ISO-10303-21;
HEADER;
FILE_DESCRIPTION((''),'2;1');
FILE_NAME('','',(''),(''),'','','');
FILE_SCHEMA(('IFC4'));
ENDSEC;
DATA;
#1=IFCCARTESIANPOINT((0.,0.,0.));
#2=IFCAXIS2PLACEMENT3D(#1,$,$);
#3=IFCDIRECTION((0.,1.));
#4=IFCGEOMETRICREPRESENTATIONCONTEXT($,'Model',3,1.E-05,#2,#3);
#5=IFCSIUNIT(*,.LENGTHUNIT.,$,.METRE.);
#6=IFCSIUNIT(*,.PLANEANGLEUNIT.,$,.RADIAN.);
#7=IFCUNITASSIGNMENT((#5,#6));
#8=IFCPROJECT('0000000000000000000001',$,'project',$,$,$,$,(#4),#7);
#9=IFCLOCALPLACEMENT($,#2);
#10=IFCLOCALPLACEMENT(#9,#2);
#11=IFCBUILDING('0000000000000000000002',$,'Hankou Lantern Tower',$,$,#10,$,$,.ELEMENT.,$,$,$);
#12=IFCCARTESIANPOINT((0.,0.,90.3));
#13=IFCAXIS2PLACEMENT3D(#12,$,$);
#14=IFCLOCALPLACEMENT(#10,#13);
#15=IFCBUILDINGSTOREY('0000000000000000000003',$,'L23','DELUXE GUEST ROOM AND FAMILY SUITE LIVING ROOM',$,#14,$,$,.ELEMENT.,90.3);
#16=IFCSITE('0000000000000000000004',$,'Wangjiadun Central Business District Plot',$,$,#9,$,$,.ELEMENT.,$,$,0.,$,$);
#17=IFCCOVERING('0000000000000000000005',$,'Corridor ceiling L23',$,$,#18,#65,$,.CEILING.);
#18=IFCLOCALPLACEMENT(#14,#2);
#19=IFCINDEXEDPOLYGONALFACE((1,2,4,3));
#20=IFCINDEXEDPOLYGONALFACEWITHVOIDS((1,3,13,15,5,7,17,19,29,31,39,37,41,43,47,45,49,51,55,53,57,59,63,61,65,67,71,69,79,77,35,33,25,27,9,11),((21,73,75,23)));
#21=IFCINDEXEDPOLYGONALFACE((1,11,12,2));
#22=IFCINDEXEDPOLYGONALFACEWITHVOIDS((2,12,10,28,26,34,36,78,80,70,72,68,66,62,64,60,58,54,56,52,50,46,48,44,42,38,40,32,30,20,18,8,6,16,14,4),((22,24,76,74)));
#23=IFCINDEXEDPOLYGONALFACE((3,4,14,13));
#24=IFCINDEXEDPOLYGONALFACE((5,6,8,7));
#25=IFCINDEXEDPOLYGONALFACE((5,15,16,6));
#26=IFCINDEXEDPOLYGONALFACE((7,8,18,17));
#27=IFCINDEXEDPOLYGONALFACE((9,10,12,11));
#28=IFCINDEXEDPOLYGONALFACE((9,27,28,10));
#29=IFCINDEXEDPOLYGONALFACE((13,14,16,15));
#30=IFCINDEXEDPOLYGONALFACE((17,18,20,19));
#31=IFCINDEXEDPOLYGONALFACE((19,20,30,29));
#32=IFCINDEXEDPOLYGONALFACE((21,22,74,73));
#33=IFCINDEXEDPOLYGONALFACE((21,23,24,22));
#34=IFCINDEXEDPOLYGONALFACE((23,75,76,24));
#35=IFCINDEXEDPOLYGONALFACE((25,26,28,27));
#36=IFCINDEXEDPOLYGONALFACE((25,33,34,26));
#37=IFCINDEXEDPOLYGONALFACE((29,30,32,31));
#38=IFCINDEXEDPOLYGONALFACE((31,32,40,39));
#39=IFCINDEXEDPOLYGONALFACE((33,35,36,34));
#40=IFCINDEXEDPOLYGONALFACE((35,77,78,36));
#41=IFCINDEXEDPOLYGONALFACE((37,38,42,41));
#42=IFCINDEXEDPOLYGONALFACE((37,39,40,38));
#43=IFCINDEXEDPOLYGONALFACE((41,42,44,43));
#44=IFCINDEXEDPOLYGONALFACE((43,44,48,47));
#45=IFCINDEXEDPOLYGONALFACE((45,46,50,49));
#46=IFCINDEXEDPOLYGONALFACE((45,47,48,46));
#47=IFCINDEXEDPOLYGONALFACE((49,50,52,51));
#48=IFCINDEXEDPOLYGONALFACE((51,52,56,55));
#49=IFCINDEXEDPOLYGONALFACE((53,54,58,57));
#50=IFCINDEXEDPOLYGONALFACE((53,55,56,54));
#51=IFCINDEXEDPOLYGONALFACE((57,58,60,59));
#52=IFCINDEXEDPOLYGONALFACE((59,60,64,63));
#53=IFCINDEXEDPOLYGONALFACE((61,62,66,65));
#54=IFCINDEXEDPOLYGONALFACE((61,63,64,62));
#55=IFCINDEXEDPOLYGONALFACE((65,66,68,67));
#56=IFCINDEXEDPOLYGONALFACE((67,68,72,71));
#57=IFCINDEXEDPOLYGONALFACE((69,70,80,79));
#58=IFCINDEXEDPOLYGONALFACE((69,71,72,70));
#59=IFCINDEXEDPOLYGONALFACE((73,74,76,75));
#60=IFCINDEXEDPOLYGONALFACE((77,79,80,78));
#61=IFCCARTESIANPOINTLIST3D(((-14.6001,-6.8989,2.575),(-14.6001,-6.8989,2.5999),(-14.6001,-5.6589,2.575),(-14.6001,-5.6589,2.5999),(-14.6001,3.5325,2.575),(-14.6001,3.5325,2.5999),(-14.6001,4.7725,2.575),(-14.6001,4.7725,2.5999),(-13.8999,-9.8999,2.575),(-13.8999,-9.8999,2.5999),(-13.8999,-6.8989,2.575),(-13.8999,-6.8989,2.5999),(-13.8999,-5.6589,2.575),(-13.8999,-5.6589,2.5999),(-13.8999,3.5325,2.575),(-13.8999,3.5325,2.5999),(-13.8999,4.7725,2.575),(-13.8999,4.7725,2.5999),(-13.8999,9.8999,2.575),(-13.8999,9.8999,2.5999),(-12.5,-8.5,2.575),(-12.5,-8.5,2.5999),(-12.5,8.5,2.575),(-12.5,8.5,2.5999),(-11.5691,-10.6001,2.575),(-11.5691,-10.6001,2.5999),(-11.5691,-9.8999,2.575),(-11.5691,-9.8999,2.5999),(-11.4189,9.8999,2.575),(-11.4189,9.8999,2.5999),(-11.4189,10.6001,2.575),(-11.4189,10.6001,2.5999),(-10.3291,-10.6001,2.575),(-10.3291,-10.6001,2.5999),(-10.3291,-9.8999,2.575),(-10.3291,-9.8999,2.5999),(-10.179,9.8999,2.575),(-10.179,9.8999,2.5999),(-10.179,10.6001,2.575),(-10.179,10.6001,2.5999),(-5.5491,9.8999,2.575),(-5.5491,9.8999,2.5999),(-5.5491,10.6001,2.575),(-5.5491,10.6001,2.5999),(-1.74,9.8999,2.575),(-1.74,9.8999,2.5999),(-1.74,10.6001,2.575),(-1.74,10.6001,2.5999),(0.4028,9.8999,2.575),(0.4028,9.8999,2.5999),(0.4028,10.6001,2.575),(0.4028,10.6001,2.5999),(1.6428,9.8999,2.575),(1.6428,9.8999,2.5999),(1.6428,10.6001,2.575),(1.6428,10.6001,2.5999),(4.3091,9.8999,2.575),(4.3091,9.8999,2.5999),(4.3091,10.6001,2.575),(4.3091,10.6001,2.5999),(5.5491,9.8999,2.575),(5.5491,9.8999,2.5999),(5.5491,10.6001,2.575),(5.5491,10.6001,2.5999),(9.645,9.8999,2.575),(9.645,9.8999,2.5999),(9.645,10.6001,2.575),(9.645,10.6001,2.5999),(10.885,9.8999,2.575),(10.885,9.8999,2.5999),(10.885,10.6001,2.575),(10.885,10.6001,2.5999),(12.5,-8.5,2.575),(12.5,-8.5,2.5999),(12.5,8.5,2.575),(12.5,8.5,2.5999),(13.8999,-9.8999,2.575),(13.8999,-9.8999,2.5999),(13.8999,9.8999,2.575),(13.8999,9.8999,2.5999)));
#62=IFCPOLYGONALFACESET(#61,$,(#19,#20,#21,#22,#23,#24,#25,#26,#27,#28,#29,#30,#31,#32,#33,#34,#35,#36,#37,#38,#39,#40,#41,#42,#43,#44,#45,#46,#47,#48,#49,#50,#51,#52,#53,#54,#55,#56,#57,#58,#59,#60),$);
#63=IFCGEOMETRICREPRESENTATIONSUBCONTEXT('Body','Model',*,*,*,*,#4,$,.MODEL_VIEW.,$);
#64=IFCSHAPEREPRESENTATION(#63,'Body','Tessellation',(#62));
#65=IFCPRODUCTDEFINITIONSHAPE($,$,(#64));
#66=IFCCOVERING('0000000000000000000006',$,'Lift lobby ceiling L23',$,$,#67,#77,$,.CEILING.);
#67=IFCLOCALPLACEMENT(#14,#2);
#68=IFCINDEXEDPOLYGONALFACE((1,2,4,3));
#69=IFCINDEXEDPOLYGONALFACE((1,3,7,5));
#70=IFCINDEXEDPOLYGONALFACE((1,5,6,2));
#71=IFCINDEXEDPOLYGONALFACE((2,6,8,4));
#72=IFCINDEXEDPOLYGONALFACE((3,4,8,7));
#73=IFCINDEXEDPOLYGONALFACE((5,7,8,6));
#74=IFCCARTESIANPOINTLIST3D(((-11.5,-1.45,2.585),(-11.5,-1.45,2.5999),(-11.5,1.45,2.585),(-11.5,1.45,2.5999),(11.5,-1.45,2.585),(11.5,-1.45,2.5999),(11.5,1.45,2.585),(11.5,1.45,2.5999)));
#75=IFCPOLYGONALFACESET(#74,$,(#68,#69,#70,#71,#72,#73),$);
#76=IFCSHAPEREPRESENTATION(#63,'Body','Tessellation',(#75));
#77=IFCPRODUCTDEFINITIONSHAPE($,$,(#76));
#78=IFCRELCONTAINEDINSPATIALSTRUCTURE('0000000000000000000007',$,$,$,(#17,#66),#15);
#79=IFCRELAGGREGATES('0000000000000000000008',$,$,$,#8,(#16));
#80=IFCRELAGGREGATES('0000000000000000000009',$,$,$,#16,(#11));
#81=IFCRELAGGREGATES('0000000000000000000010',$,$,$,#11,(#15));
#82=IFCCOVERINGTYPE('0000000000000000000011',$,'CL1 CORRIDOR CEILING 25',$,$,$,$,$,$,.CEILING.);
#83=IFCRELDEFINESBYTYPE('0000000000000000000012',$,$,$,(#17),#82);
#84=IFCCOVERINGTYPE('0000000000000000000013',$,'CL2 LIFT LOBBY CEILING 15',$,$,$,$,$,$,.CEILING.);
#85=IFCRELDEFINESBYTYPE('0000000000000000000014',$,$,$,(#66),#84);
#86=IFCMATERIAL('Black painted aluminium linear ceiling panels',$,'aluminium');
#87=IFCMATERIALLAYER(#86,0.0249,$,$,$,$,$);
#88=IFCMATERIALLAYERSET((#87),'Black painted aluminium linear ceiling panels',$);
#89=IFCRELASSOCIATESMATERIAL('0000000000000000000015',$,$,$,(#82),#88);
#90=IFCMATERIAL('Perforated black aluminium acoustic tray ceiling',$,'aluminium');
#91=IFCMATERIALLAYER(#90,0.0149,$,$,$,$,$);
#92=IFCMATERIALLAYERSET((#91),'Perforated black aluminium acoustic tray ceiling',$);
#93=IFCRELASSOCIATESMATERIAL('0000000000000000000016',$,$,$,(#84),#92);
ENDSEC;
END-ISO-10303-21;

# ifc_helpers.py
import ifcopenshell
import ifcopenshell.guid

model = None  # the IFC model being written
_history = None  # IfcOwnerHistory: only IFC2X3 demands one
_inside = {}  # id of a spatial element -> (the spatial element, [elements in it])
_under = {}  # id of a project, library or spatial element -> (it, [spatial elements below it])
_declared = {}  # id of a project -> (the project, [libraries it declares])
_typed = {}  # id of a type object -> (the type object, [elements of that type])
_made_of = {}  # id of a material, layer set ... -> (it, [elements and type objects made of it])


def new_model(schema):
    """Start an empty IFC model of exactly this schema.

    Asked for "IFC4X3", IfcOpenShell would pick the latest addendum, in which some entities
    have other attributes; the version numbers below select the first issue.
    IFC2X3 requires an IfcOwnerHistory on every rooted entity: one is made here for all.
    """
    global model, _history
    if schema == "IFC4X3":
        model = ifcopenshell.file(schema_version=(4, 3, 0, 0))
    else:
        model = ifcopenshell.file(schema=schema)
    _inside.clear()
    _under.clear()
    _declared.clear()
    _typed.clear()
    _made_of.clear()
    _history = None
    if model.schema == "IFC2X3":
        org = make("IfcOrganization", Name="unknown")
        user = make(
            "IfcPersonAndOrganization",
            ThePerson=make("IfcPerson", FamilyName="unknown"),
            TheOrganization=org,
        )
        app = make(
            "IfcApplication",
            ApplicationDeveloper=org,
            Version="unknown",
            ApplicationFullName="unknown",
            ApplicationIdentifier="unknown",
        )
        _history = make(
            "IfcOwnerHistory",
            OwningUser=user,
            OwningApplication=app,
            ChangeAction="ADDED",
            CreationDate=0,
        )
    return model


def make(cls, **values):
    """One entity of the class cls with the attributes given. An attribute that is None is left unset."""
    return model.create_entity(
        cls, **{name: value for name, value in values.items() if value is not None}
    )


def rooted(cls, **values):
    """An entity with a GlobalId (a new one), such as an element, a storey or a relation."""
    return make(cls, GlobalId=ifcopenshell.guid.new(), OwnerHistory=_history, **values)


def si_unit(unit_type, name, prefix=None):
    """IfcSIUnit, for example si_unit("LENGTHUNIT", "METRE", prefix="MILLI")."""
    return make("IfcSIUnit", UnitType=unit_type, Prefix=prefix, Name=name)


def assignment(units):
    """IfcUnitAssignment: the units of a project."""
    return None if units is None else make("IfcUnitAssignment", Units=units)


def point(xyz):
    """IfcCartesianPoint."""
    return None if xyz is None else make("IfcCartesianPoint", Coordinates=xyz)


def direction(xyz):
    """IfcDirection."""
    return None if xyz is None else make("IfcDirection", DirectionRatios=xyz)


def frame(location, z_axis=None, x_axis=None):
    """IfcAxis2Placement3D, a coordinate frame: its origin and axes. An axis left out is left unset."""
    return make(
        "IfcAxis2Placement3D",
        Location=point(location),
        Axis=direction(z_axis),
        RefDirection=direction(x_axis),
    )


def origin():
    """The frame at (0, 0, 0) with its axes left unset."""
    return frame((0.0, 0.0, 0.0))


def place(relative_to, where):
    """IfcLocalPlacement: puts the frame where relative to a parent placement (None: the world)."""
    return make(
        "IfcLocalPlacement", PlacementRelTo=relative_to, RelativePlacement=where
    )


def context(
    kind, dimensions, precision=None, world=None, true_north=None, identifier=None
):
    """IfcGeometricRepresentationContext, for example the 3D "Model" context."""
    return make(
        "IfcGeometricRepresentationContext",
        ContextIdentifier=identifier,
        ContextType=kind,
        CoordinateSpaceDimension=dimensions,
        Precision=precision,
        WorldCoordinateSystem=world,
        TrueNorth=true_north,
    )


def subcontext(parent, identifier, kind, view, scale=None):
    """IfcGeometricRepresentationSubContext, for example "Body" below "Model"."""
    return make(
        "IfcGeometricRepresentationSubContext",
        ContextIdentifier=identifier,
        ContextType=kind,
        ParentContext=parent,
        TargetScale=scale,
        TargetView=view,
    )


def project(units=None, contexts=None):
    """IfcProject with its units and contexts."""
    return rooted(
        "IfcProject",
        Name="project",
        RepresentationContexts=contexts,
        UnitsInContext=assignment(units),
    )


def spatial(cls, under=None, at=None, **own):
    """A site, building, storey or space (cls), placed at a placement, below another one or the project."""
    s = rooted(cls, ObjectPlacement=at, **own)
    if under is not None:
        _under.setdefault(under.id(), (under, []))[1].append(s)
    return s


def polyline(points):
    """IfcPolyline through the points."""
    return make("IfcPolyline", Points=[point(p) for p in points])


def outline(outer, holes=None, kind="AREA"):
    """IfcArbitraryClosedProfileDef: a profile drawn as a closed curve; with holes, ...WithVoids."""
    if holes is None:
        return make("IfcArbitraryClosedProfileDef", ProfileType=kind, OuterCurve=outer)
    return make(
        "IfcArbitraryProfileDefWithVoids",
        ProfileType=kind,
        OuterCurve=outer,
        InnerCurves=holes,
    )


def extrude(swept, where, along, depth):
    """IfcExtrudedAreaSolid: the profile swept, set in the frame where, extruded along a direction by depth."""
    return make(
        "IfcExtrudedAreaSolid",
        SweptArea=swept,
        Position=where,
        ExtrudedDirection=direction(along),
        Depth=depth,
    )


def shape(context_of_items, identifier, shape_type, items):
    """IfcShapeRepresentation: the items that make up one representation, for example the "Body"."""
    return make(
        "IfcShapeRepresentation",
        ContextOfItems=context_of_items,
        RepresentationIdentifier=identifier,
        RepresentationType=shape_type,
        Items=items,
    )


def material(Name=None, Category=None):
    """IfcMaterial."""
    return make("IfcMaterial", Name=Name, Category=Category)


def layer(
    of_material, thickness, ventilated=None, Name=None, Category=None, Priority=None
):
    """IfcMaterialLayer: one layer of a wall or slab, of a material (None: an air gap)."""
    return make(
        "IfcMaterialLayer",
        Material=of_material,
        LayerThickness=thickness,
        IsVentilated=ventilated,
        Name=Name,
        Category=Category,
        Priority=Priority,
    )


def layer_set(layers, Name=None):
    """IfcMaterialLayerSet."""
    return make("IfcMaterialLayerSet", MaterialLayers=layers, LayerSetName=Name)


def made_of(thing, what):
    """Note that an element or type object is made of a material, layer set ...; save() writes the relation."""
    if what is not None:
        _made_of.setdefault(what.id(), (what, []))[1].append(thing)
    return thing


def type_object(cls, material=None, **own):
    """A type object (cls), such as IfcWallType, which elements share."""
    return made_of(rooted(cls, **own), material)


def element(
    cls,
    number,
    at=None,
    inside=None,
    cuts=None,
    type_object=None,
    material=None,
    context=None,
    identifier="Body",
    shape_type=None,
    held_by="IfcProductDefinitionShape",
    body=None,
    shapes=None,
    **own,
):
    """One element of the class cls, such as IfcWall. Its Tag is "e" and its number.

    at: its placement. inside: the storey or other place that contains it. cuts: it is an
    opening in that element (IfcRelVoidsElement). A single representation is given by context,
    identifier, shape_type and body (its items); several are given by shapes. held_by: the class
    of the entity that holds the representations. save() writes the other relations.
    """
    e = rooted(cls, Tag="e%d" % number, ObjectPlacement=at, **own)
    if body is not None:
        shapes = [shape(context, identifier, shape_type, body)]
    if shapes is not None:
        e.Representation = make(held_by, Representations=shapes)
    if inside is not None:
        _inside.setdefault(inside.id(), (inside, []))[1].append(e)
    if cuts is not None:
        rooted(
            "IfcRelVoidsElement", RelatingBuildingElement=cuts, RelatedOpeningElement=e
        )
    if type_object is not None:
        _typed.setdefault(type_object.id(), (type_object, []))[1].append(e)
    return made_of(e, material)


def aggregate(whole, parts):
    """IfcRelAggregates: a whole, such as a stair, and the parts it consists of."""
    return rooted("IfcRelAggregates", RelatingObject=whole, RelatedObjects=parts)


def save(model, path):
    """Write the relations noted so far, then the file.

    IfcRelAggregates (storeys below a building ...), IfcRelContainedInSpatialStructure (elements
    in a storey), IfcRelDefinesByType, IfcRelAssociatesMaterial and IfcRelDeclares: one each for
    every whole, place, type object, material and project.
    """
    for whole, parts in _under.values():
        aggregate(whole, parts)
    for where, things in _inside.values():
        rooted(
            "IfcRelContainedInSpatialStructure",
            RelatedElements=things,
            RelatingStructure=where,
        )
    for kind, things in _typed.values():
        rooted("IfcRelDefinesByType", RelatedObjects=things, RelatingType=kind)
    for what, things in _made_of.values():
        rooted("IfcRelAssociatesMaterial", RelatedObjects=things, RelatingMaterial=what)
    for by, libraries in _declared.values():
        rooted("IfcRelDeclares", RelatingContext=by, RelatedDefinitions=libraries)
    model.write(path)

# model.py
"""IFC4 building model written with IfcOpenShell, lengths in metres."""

from ifc_helpers import new_model, si_unit, direction, frame, origin, place, context, subcontext, project, spatial, polyline, outline, extrude, material, layer, layer_set, type_object, element, save


model = new_model("IFC4")

# Units and contexts
model_context = context("Model", 3, precision=1e-05, world=origin(), true_north=direction((0.0, 1.0)))
body_context = subcontext(model_context, "Body", "Model", "MODEL_VIEW")
ifc_project = project(units=[si_unit("LENGTHUNIT", "METRE"), si_unit("PLANEANGLEUNIT", "RADIAN")], contexts=[model_context])

# Site, building, storey
site_placement = place(None, origin())
site = spatial("IfcSite", under=ifc_project, at=site_placement, Name="Wangjiadun Central Business District Plot", CompositionType="ELEMENT", RefElevation=0.0)
building_placement = place(site_placement, origin())
building = spatial("IfcBuilding", under=site, at=building_placement, Name="Hankou Lantern Tower", CompositionType="ELEMENT")
storey_placement = place(building_placement, frame((0.0, 0.0, 90.3)))
storey = spatial("IfcBuildingStorey", under=building, at=storey_placement, Name="L23", Description="DELUXE GUEST ROOM AND FAMILY SUITE LIVING ROOM", CompositionType="ELEMENT", Elevation=90.3)

# Coverings
ifc_material_1 = material(Name="Black painted aluminium linear ceiling panels", Category="aluminium")
ifc_layer_1 = layer(ifc_material_1, 0.0249)
ifc_layer_set_1 = layer_set([ifc_layer_1], Name="Black painted aluminium linear ceiling panels")
covering_type_1 = type_object("IfcCoveringType", Name="CL1 CORRIDOR CEILING 25", PredefinedType="CEILING", material=ifc_layer_set_1)
covering_1_placement = place(storey_placement, frame((0.0, 0.0, 2.575)))
element("IfcCovering", 1, at=covering_1_placement, inside=storey, type_object=covering_type_1, Name="Corridor ceiling L23", PredefinedType="CEILING", context=body_context, shape_type="SweptSolid", body=[
    extrude(outline(polyline([(-11.5691, -10.6001), (-10.3291, -10.6001), (-10.3291, -9.8999), (13.8999, -9.8999), (13.8999, 9.8999), (10.885, 9.8999), (10.885, 10.6001), (9.645, 10.6001), (9.645, 9.8999), (5.5491, 9.8999), (5.5491, 10.6001), (4.3091, 10.6001), (4.3091, 9.8999), (1.6428, 9.8999), (1.6428, 10.6001), (0.4028, 10.6001), (0.4028, 9.8999), (-1.74, 9.8999), (-1.74, 10.6001), (-5.5491, 10.6001), (-5.5491, 9.8999), (-10.179, 9.8999), (-10.179, 10.6001), (-11.4189, 10.6001), (-11.4189, 9.8999), (-13.8999, 9.8999), (-13.8999, 4.7725), (-14.6001, 4.7725), (-14.6001, 3.5325), (-13.8999, 3.5325), (-13.8999, -5.6589), (-14.6001, -5.6589), (-14.6001, -6.8989), (-13.8999, -6.8989), (-13.8999, -9.8999), (-11.5691, -9.8999), (-11.5691, -10.6001)]), holes=[polyline([(-12.5, 8.5), (12.5, 8.5), (12.5, -8.5), (-12.5, -8.5), (-12.5, 8.5)])]), origin(), (0.0, 0.0, 1.0), 0.0249),
])
ifc_material_2 = material(Name="Perforated black aluminium acoustic tray ceiling", Category="aluminium")
ifc_layer_2 = layer(ifc_material_2, 0.0149)
ifc_layer_set_2 = layer_set([ifc_layer_2], Name="Perforated black aluminium acoustic tray ceiling")
covering_type_2 = type_object("IfcCoveringType", Name="CL2 LIFT LOBBY CEILING 15", PredefinedType="CEILING", material=ifc_layer_set_2)
covering_2_placement = place(storey_placement, frame((0.0, 0.0, 2.585)))
element("IfcCovering", 2, at=covering_2_placement, inside=storey, type_object=covering_type_2, Name="Lift lobby ceiling L23", PredefinedType="CEILING", context=body_context, shape_type="SweptSolid", body=[
    extrude(outline(polyline([(-11.5, -1.45), (11.5, -1.45), (11.5, 1.45), (-11.5, 1.45), (-11.5, -1.45)])), origin(), (0.0, 0.0, 1.0), 0.0149),
])

save(model, "model.ifc")
